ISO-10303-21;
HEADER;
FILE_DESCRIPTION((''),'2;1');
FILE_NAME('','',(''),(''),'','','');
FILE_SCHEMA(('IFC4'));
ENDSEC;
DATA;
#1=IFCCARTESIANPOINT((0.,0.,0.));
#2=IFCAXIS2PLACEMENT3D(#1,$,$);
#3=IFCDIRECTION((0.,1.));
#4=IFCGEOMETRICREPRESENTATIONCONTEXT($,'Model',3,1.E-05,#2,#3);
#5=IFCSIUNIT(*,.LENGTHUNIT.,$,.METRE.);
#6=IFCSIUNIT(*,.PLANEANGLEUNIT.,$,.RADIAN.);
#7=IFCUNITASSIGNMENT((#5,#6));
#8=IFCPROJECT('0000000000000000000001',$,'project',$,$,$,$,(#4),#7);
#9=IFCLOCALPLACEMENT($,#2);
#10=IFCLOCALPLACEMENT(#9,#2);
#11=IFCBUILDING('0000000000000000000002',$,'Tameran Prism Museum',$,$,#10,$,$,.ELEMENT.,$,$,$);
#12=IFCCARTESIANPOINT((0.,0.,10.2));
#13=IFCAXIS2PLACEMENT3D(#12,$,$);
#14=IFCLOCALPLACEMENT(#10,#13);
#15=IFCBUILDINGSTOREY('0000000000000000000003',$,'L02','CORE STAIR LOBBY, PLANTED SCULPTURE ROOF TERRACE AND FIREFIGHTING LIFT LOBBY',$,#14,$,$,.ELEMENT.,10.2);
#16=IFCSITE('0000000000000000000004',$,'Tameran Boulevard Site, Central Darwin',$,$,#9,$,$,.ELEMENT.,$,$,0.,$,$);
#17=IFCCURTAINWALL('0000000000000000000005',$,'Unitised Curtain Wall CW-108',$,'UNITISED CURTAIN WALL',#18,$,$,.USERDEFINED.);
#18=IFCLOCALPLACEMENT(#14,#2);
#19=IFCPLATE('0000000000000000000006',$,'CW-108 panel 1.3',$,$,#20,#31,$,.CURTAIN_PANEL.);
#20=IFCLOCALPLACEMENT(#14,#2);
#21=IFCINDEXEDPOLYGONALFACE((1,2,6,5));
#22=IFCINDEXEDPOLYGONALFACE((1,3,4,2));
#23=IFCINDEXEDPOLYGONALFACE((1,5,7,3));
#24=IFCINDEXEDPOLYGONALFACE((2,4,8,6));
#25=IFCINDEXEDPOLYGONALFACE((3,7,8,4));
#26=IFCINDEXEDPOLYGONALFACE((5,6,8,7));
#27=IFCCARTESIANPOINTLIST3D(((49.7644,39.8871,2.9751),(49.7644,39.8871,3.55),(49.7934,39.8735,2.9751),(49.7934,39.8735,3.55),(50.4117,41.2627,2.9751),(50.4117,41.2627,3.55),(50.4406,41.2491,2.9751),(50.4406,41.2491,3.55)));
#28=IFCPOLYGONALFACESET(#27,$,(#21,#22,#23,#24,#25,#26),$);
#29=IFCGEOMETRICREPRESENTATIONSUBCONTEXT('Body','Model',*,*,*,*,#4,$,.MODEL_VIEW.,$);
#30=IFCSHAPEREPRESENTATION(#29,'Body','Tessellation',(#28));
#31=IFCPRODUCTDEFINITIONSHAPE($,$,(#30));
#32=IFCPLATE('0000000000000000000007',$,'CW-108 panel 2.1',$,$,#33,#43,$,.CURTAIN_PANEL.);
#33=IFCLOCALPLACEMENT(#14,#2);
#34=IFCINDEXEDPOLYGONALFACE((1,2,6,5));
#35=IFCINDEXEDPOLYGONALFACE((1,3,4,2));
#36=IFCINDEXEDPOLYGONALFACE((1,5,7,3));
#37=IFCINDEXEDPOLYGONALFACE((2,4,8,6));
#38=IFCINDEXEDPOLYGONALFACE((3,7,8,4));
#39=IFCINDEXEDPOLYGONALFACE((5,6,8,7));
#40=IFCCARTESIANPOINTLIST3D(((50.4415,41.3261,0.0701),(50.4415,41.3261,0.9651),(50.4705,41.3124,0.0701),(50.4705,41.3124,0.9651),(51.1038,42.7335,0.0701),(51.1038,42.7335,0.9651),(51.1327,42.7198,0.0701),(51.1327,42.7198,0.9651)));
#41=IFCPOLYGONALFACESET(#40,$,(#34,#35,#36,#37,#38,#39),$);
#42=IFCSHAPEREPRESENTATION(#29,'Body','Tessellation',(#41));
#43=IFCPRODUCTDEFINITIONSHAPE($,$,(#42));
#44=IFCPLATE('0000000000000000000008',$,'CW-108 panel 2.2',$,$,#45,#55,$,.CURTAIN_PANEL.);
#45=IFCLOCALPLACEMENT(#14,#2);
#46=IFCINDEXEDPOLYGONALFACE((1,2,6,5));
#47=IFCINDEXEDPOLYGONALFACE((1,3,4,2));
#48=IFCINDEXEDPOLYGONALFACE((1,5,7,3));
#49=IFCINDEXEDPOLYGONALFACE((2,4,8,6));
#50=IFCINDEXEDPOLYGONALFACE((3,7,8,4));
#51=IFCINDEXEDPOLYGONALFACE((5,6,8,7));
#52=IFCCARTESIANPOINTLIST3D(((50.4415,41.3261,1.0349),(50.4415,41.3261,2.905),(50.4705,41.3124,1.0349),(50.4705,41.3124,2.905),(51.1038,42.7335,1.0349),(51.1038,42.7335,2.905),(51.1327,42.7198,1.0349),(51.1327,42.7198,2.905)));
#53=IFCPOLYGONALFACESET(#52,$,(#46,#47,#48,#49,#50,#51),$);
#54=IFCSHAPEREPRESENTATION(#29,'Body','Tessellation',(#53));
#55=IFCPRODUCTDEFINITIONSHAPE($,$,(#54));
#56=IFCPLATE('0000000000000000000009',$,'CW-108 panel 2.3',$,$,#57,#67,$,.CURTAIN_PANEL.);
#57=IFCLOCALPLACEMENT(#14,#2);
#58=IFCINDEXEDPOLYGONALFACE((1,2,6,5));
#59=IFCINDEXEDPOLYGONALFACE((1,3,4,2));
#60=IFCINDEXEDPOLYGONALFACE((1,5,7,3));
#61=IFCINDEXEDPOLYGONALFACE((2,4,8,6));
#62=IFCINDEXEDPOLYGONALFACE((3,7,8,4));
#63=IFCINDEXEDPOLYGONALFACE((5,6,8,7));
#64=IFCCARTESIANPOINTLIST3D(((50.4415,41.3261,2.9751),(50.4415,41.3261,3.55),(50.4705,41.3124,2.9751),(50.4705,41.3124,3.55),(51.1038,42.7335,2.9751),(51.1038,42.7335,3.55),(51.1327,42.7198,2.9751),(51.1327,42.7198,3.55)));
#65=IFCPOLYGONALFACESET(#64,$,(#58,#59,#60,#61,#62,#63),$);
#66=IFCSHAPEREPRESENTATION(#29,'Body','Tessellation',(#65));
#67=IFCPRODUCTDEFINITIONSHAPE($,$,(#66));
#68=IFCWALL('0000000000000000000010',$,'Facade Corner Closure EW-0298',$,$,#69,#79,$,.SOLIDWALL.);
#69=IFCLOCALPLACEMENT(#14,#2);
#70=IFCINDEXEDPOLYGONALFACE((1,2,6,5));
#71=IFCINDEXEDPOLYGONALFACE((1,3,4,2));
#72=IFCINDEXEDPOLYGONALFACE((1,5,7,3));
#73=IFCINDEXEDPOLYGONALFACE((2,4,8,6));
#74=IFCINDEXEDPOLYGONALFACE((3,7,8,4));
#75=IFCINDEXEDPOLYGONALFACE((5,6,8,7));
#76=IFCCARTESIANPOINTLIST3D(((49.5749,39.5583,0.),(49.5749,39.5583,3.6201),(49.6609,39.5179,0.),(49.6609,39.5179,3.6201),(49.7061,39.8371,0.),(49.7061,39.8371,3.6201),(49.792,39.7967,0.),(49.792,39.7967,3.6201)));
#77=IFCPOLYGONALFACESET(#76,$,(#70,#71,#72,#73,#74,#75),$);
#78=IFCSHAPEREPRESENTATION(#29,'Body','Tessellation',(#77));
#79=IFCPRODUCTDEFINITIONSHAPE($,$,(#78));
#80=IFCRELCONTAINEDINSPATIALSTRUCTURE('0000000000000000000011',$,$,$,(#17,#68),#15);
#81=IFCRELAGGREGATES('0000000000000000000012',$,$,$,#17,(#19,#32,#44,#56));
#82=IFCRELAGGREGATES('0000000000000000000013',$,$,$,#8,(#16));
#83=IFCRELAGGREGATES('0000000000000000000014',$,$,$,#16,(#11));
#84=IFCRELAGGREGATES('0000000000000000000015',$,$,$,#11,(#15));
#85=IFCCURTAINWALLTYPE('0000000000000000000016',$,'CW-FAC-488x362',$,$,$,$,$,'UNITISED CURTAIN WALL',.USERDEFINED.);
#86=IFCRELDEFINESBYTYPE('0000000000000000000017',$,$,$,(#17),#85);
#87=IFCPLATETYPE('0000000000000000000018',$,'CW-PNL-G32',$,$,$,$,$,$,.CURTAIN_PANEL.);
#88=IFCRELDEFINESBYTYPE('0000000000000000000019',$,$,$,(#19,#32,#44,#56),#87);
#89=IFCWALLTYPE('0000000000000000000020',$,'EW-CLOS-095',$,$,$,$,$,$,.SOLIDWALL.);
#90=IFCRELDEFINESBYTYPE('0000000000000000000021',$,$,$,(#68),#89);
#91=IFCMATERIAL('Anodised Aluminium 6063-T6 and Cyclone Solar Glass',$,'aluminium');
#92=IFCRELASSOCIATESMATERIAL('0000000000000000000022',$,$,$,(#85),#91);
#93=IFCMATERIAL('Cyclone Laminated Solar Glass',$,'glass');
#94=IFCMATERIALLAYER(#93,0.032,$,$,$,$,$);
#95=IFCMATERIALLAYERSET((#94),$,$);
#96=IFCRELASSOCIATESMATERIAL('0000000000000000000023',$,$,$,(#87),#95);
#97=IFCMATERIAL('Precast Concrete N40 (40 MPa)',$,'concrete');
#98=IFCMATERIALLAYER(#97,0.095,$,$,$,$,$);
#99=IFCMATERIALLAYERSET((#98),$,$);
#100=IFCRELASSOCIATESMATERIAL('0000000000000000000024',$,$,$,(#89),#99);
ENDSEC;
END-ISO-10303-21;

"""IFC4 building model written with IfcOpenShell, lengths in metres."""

from ifc_helpers import new_model, si_unit, direction, frame, frame_2d, origin, origin_2d, place, context, subcontext, project, spatial, rectangle, extrude, material, layer, layer_set, type_object, element, aggregate, save


model = new_model("IFC4")

# Units and contexts
model_context = context("Model", 3, precision=1e-05, world=origin(), true_north=direction((0.0, 1.0)))
body_context = subcontext(model_context, "Body", "Model", "MODEL_VIEW")
ifc_project = project(units=[si_unit("LENGTHUNIT", "METRE"), si_unit("PLANEANGLEUNIT", "RADIAN")], contexts=[model_context])

# Site, building, storey
site_placement = place(None, origin())
site = spatial("IfcSite", under=ifc_project, at=site_placement, Name="Tameran Boulevard Site, Central Darwin", CompositionType="ELEMENT", RefElevation=0.0)
building_placement = place(site_placement, origin())
building = spatial("IfcBuilding", under=site, at=building_placement, Name="Tameran Prism Museum", CompositionType="ELEMENT")
storey_placement = place(building_placement, frame((0.0, 0.0, 10.2)))
storey = spatial("IfcBuildingStorey", under=building, at=storey_placement, Name="L02", Description="CORE STAIR LOBBY, PLANTED SCULPTURE ROOF TERRACE AND FIREFIGHTING LIFT LOBBY", CompositionType="ELEMENT", Elevation=10.2)

# Curtain wall, plates
ifc_material_1 = material(Name="Anodised Aluminium 6063-T6 and Cyclone Solar Glass", Category="aluminium")
curtain_wall_type = type_object("IfcCurtainWallType", Name="CW-FAC-488x362", ElementType="UNITISED CURTAIN WALL", PredefinedType="USERDEFINED", material=ifc_material_1)
curtain_wall_placement = place(storey_placement, origin())
curtain_wall = element("IfcCurtainWall", 1, at=curtain_wall_placement, inside=storey, type_object=curtain_wall_type, Name="Unitised Curtain Wall CW-108", ObjectType="UNITISED CURTAIN WALL", PredefinedType="USERDEFINED")
ifc_material_2 = material(Name="Cyclone Laminated Solar Glass", Category="glass")
ifc_layer_1 = layer(ifc_material_2, 0.032)
ifc_layer_set_1 = layer_set([ifc_layer_1])
plate_type = type_object("IfcPlateType", Name="CW-PNL-G32", PredefinedType="CURTAIN_PANEL", material=ifc_layer_set_1)
plate_1_placement = place(storey_placement, frame((50.1025, 40.5681, 2.9751), z_axis=(0.0, 0.0, 1.0), x_axis=(0.425758, 0.904837, 0.0)))
plate_1 = element("IfcPlate", 2, at=plate_1_placement, type_object=plate_type, Name="CW-108 panel 1.3", PredefinedType="CURTAIN_PANEL", context=body_context, shape_type="SweptSolid", body=[
    extrude(rectangle(XDim=1.5203, YDim=0.032, at=origin_2d()), origin(), (0.0, 0.0, 1.0), 0.575),
])
plate_2_placement = place(storey_placement, frame((50.7871, 42.0229, 0.0701), z_axis=(0.0, 0.0, 1.0), x_axis=(0.425758, 0.904837, 0.0)))
plate_2 = element("IfcPlate", 3, at=plate_2_placement, type_object=plate_type, Name="CW-108 panel 2.1", PredefinedType="CURTAIN_PANEL", context=body_context, shape_type="SweptSolid", body=[
    extrude(rectangle(XDim=1.5554, YDim=0.032, at=origin_2d()), origin(), (0.0, 0.0, 1.0), 0.895),
])
plate_3_placement = place(storey_placement, frame((50.7871, 42.0229, 1.0349), z_axis=(0.0, 0.0, 1.0), x_axis=(0.425758, 0.904837, 0.0)))
plate_3 = element("IfcPlate", 4, at=plate_3_placement, type_object=plate_type, Name="CW-108 panel 2.2", PredefinedType="CURTAIN_PANEL", context=body_context, shape_type="SweptSolid", body=[
    extrude(rectangle(XDim=1.5554, YDim=0.032, at=origin_2d()), origin(), (0.0, 0.0, 1.0), 1.8701),
])
plate_4_placement = place(storey_placement, frame((50.7871, 42.0229, 2.9751), z_axis=(0.0, 0.0, 1.0), x_axis=(0.425758, 0.904837, 0.0)))
plate_4 = element("IfcPlate", 5, at=plate_4_placement, type_object=plate_type, Name="CW-108 panel 2.3", PredefinedType="CURTAIN_PANEL", context=body_context, shape_type="SweptSolid", body=[
    extrude(rectangle(XDim=1.5554, YDim=0.032, at=origin_2d()), origin(), (0.0, 0.0, 1.0), 0.575),
])
aggregate(curtain_wall, [plate_1, plate_2, plate_3, plate_4])

# Wall
ifc_material_3 = material(Name="Precast Concrete N40 (40 MPa)", Category="concrete")
ifc_layer_2 = layer(ifc_material_3, 0.095)
ifc_layer_set_2 = layer_set([ifc_layer_2])
wall_type = type_object("IfcWallType", Name="EW-CLOS-095", PredefinedType="SOLIDWALL", material=ifc_layer_set_2)
wall_placement = place(storey_placement, frame((49.6179, 39.5381, 0.0), z_axis=(0.0, 0.0, 1.0), x_axis=(0.42553, 0.904944, 0.0)))
element("IfcWall", 6, at=wall_placement, inside=storey, type_object=wall_type, Name="Facade Corner Closure EW-0298", PredefinedType="SOLIDWALL", context=body_context, shape_type="SweptSolid", body=[
    extrude(rectangle(XDim=0.3081, YDim=0.095, at=frame_2d((0.1541, 0.0))), origin(), (0.0, 0.0, 1.0), 3.6201),
])

save(model, "model.ifc")
